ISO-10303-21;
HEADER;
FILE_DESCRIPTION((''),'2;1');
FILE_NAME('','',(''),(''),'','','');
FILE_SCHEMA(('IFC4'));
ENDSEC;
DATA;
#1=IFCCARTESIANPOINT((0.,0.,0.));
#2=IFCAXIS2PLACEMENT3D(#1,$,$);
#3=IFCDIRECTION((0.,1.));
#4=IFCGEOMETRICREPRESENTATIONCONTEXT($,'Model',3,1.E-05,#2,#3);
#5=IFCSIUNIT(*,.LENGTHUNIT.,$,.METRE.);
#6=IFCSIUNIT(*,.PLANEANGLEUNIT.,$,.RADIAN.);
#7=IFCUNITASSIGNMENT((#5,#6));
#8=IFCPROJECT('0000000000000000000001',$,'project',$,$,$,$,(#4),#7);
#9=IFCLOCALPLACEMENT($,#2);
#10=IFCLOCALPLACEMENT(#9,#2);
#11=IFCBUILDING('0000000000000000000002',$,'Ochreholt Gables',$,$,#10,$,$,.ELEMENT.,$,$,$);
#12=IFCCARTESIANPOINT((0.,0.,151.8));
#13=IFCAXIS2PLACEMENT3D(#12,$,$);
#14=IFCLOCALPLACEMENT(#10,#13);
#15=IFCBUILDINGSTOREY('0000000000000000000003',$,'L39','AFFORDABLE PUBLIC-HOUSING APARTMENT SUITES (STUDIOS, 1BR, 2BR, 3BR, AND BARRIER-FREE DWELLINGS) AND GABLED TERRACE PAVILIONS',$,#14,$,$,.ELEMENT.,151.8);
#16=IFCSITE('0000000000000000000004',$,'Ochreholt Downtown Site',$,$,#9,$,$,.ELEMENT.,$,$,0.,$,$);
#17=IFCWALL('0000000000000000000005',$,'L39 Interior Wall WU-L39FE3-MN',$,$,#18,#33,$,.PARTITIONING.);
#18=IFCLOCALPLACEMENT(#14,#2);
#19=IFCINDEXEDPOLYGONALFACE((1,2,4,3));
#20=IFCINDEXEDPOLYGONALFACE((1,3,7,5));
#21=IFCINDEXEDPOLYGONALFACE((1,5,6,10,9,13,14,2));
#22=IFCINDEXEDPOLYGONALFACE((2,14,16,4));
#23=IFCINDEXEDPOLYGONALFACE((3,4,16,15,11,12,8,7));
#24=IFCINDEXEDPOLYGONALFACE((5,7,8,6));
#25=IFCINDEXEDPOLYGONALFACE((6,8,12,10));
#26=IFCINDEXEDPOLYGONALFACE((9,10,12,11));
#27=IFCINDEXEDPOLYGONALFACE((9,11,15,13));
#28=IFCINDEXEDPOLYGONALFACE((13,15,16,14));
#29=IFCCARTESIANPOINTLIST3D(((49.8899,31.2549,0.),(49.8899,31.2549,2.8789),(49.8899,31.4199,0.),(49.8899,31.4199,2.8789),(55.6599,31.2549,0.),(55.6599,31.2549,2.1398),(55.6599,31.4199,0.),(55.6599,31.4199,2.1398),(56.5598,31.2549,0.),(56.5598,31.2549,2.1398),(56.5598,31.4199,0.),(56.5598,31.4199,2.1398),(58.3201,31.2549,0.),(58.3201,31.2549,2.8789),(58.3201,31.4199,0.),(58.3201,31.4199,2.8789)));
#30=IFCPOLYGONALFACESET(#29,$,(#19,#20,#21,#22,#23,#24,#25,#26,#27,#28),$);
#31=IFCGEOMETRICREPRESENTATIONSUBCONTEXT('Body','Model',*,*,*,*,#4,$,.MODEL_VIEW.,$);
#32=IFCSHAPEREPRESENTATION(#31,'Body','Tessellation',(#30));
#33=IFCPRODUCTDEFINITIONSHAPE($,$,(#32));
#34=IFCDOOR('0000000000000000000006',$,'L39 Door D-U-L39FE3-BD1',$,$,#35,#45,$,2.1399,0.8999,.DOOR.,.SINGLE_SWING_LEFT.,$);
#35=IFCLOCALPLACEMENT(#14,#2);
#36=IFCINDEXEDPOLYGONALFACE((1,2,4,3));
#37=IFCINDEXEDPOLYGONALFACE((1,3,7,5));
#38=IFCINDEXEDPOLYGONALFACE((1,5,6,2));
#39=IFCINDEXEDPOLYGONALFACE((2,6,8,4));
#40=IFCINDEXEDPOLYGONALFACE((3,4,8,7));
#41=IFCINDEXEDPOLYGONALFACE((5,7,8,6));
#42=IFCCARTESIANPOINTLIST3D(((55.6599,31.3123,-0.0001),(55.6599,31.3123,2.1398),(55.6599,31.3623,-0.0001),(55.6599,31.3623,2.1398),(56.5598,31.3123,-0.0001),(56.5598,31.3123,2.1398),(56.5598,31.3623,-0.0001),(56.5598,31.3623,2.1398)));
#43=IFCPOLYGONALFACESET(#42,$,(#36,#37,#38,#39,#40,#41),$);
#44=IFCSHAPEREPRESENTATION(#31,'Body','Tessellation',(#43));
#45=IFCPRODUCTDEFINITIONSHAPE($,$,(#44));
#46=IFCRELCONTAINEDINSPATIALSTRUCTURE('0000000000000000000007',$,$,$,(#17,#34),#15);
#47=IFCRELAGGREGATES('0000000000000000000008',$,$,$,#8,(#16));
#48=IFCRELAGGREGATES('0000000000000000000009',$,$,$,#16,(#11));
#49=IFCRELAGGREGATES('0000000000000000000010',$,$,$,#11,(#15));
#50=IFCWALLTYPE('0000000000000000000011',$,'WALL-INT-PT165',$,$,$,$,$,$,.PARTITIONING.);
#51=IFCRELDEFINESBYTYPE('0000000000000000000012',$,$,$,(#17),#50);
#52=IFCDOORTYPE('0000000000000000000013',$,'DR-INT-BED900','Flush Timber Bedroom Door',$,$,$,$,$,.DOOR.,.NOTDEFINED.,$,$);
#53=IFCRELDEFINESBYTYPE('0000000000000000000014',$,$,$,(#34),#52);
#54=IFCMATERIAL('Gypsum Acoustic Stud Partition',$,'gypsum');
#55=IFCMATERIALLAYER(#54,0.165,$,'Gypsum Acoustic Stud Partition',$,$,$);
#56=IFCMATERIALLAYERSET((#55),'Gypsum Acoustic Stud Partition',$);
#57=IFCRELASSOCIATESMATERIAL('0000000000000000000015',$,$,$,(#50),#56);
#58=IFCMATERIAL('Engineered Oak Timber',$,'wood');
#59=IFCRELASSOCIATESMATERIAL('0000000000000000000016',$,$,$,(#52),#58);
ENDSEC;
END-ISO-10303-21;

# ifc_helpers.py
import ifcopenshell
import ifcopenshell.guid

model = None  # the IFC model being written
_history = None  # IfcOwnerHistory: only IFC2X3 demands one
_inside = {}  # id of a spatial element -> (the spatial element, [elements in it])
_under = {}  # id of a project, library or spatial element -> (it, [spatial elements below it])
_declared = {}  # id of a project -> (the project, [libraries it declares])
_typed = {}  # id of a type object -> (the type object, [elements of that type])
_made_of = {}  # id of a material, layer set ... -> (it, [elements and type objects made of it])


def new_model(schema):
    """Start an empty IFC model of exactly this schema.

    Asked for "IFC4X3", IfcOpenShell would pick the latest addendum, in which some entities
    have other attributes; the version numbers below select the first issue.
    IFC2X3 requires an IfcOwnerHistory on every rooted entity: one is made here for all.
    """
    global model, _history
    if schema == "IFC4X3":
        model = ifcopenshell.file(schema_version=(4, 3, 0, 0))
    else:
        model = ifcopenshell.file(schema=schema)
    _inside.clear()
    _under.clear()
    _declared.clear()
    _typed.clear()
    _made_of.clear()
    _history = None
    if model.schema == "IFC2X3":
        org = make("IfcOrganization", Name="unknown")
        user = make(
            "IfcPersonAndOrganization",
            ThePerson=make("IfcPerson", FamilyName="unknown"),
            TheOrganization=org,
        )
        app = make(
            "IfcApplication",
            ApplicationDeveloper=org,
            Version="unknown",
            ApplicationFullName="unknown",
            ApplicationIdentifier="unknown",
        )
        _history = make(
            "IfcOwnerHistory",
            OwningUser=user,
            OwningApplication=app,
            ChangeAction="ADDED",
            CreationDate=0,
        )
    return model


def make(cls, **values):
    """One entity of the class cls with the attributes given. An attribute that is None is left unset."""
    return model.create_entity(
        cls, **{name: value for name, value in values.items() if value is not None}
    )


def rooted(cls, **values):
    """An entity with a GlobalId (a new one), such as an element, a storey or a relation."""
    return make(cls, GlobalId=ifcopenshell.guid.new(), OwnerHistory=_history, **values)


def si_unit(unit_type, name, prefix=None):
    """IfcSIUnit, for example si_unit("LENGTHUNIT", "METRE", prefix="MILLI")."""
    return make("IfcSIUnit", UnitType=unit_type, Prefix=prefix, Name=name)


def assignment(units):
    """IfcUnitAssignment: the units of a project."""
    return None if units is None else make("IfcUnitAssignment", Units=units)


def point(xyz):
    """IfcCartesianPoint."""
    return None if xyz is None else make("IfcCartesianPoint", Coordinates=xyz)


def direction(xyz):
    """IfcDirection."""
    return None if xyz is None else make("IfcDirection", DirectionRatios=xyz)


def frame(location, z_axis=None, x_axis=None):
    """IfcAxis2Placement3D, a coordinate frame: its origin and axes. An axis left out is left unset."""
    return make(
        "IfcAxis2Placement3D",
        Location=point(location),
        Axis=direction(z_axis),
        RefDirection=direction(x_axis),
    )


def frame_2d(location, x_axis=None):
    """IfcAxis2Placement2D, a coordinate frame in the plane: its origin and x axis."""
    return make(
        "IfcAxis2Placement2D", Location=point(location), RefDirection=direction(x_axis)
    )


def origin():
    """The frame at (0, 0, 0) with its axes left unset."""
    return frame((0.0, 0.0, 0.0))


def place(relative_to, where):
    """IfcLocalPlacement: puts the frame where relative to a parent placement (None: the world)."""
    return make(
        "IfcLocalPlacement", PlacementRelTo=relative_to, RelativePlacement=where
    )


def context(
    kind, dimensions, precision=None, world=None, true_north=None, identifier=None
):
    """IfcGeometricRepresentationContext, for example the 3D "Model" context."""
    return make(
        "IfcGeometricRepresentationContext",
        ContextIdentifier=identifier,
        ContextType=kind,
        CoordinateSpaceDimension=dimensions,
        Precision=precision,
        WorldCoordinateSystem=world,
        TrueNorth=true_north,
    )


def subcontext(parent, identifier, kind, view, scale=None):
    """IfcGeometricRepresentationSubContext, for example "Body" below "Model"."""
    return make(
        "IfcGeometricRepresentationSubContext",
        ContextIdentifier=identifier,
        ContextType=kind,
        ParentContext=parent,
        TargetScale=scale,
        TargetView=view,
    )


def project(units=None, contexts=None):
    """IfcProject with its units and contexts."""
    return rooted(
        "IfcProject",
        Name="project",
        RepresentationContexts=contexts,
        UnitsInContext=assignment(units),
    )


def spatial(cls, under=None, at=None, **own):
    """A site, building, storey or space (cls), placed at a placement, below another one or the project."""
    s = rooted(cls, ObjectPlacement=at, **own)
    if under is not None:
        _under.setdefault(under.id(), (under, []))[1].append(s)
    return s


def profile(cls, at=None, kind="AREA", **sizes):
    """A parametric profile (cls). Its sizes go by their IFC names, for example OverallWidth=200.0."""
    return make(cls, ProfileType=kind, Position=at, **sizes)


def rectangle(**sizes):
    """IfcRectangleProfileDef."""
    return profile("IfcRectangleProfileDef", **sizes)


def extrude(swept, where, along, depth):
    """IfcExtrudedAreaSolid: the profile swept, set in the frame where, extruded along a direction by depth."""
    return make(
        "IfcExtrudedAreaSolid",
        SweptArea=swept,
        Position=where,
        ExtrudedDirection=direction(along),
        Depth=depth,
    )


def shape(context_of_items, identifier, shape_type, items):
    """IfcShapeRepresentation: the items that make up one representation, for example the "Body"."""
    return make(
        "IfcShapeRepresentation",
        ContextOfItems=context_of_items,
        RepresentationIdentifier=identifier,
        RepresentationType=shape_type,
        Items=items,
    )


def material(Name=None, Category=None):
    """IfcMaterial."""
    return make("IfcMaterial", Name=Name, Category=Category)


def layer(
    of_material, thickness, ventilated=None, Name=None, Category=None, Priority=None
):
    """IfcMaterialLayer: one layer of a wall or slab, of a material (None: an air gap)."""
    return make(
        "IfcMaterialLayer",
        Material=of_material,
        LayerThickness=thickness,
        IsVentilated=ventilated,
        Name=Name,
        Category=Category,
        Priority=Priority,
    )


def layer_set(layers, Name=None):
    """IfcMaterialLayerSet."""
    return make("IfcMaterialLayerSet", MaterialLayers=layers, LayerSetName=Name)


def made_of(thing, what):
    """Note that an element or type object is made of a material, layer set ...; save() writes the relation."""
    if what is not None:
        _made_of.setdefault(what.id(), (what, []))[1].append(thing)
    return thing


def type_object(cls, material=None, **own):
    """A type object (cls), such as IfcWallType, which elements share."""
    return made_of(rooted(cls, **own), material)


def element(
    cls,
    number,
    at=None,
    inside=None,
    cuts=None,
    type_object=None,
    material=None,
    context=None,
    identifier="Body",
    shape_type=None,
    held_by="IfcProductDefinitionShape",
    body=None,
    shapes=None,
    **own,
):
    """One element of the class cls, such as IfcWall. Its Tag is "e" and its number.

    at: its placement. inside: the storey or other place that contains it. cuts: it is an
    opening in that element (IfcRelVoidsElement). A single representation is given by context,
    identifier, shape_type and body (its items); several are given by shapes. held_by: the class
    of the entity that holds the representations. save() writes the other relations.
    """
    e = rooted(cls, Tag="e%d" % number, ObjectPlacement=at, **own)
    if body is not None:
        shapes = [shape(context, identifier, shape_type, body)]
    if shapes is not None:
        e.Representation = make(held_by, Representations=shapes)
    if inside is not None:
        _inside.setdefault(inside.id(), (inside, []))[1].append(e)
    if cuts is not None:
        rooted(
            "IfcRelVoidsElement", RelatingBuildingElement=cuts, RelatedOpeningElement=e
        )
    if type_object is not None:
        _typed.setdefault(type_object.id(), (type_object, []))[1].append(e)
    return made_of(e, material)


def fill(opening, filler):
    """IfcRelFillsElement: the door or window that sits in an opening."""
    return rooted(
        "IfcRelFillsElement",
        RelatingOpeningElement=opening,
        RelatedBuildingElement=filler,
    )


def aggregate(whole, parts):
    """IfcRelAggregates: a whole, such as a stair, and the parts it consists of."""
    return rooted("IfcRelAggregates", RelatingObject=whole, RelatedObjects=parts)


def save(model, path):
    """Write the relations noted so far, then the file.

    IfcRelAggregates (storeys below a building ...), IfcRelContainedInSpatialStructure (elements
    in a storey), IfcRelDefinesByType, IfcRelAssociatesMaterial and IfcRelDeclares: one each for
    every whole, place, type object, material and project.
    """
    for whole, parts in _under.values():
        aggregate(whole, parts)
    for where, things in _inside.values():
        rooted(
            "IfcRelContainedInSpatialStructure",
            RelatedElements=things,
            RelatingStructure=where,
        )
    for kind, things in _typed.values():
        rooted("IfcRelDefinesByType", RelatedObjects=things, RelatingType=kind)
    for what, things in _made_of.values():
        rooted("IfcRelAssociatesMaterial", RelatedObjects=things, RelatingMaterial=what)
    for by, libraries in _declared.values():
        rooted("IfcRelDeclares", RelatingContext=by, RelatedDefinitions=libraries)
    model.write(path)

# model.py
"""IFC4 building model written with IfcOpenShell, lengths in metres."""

from ifc_helpers import new_model, si_unit, direction, frame, frame_2d, origin, place, context, subcontext, project, spatial, rectangle, extrude, material, layer, layer_set, type_object, element, fill, save


model = new_model("IFC4")

# Units and contexts
model_context = context("Model", 3, precision=1e-05, world=origin(), true_north=direction((0.0, 1.0)))
body_context = subcontext(model_context, "Body", "Model", "MODEL_VIEW")
ifc_project = project(units=[si_unit("LENGTHUNIT", "METRE"), si_unit("PLANEANGLEUNIT", "RADIAN")], contexts=[model_context])

# Site, building, storey
site_placement = place(None, origin())
site = spatial("IfcSite", under=ifc_project, at=site_placement, Name="Ochreholt Downtown Site", CompositionType="ELEMENT", RefElevation=0.0)
building_placement = place(site_placement, origin())
building = spatial("IfcBuilding", under=site, at=building_placement, Name="Ochreholt Gables", CompositionType="ELEMENT")
storey_placement = place(building_placement, frame((0.0, 0.0, 151.8)))
storey = spatial("IfcBuildingStorey", under=building, at=storey_placement, Name="L39", Description="AFFORDABLE PUBLIC-HOUSING APARTMENT SUITES (STUDIOS, 1BR, 2BR, 3BR, AND BARRIER-FREE DWELLINGS) AND GABLED TERRACE PAVILIONS", CompositionType="ELEMENT", Elevation=151.8)

# Shared definitions
ifc_material_1 = material(Name="Engineered Oak Timber", Category="wood")

# Wall, opening, door
ifc_material_2 = material(Name="Gypsum Acoustic Stud Partition", Category="gypsum")
ifc_layer_1 = layer(ifc_material_2, 0.165, Name="Gypsum Acoustic Stud Partition")
ifc_layer_set_1 = layer_set([ifc_layer_1], Name="Gypsum Acoustic Stud Partition")
wall_type_1 = type_object("IfcWallType", Name="WALL-INT-PT165", PredefinedType="PARTITIONING", material=ifc_layer_set_1)
wall_1_placement = place(storey_placement, frame((49.8899, 31.3374, 0.0), z_axis=(0.0, 0.0, 1.0), x_axis=(1.0, 0.0, 0.0)))
wall_1 = element("IfcWall", 1, at=wall_1_placement, inside=storey, type_object=wall_type_1, Name="L39 Interior Wall WU-L39FE3-MN", PredefinedType="PARTITIONING", context=body_context, shape_type="SweptSolid", body=[
    extrude(rectangle(XDim=8.4302, YDim=0.165, at=frame_2d((4.2151, 0.0))), origin(), (0.0, 0.0, 1.0), 2.8789),
])
opening_1_placement = place(wall_1_placement, frame((5.77, 0.0, 0.0)))
opening_1 = element("IfcOpeningElement", 2, at=opening_1_placement, cuts=wall_1, PredefinedType="OPENING", context=body_context, shape_type="SweptSolid", body=[
    extrude(rectangle(XDim=0.8999, YDim=2.1399, at=frame_2d((0.45, 1.0698))), frame((0.0, 0.0925, 0.0), z_axis=(0.0, -1.0, 0.0), x_axis=(1.0, 0.0, 0.0)), (0.0, 0.0, 1.0), 0.1851),
])
door_type_1 = type_object("IfcDoorType", Name="DR-INT-BED900", Description="Flush Timber Bedroom Door", OperationType="NOTDEFINED", PredefinedType="DOOR", material=ifc_material_1)
door_1_placement = place(opening_1_placement, origin())
door_1 = element("IfcDoor", 3, at=door_1_placement, inside=storey, type_object=door_type_1, Name="L39 Door D-U-L39FE3-BD1", OperationType="SINGLE_SWING_LEFT", OverallHeight=2.1399, OverallWidth=0.8999, PredefinedType="DOOR", context=body_context, shape_type="SweptSolid", body=[
    extrude(rectangle(XDim=0.8999, YDim=2.1399, at=frame_2d((0.45, 1.0698))), frame((0.0, 0.0249, 0.0), z_axis=(0.0, -1.0, 0.0), x_axis=(1.0, 0.0, 0.0)), (0.0, 0.0, 1.0), 0.05),
])
fill(opening_1, door_1)

save(model, "model.ifc")
